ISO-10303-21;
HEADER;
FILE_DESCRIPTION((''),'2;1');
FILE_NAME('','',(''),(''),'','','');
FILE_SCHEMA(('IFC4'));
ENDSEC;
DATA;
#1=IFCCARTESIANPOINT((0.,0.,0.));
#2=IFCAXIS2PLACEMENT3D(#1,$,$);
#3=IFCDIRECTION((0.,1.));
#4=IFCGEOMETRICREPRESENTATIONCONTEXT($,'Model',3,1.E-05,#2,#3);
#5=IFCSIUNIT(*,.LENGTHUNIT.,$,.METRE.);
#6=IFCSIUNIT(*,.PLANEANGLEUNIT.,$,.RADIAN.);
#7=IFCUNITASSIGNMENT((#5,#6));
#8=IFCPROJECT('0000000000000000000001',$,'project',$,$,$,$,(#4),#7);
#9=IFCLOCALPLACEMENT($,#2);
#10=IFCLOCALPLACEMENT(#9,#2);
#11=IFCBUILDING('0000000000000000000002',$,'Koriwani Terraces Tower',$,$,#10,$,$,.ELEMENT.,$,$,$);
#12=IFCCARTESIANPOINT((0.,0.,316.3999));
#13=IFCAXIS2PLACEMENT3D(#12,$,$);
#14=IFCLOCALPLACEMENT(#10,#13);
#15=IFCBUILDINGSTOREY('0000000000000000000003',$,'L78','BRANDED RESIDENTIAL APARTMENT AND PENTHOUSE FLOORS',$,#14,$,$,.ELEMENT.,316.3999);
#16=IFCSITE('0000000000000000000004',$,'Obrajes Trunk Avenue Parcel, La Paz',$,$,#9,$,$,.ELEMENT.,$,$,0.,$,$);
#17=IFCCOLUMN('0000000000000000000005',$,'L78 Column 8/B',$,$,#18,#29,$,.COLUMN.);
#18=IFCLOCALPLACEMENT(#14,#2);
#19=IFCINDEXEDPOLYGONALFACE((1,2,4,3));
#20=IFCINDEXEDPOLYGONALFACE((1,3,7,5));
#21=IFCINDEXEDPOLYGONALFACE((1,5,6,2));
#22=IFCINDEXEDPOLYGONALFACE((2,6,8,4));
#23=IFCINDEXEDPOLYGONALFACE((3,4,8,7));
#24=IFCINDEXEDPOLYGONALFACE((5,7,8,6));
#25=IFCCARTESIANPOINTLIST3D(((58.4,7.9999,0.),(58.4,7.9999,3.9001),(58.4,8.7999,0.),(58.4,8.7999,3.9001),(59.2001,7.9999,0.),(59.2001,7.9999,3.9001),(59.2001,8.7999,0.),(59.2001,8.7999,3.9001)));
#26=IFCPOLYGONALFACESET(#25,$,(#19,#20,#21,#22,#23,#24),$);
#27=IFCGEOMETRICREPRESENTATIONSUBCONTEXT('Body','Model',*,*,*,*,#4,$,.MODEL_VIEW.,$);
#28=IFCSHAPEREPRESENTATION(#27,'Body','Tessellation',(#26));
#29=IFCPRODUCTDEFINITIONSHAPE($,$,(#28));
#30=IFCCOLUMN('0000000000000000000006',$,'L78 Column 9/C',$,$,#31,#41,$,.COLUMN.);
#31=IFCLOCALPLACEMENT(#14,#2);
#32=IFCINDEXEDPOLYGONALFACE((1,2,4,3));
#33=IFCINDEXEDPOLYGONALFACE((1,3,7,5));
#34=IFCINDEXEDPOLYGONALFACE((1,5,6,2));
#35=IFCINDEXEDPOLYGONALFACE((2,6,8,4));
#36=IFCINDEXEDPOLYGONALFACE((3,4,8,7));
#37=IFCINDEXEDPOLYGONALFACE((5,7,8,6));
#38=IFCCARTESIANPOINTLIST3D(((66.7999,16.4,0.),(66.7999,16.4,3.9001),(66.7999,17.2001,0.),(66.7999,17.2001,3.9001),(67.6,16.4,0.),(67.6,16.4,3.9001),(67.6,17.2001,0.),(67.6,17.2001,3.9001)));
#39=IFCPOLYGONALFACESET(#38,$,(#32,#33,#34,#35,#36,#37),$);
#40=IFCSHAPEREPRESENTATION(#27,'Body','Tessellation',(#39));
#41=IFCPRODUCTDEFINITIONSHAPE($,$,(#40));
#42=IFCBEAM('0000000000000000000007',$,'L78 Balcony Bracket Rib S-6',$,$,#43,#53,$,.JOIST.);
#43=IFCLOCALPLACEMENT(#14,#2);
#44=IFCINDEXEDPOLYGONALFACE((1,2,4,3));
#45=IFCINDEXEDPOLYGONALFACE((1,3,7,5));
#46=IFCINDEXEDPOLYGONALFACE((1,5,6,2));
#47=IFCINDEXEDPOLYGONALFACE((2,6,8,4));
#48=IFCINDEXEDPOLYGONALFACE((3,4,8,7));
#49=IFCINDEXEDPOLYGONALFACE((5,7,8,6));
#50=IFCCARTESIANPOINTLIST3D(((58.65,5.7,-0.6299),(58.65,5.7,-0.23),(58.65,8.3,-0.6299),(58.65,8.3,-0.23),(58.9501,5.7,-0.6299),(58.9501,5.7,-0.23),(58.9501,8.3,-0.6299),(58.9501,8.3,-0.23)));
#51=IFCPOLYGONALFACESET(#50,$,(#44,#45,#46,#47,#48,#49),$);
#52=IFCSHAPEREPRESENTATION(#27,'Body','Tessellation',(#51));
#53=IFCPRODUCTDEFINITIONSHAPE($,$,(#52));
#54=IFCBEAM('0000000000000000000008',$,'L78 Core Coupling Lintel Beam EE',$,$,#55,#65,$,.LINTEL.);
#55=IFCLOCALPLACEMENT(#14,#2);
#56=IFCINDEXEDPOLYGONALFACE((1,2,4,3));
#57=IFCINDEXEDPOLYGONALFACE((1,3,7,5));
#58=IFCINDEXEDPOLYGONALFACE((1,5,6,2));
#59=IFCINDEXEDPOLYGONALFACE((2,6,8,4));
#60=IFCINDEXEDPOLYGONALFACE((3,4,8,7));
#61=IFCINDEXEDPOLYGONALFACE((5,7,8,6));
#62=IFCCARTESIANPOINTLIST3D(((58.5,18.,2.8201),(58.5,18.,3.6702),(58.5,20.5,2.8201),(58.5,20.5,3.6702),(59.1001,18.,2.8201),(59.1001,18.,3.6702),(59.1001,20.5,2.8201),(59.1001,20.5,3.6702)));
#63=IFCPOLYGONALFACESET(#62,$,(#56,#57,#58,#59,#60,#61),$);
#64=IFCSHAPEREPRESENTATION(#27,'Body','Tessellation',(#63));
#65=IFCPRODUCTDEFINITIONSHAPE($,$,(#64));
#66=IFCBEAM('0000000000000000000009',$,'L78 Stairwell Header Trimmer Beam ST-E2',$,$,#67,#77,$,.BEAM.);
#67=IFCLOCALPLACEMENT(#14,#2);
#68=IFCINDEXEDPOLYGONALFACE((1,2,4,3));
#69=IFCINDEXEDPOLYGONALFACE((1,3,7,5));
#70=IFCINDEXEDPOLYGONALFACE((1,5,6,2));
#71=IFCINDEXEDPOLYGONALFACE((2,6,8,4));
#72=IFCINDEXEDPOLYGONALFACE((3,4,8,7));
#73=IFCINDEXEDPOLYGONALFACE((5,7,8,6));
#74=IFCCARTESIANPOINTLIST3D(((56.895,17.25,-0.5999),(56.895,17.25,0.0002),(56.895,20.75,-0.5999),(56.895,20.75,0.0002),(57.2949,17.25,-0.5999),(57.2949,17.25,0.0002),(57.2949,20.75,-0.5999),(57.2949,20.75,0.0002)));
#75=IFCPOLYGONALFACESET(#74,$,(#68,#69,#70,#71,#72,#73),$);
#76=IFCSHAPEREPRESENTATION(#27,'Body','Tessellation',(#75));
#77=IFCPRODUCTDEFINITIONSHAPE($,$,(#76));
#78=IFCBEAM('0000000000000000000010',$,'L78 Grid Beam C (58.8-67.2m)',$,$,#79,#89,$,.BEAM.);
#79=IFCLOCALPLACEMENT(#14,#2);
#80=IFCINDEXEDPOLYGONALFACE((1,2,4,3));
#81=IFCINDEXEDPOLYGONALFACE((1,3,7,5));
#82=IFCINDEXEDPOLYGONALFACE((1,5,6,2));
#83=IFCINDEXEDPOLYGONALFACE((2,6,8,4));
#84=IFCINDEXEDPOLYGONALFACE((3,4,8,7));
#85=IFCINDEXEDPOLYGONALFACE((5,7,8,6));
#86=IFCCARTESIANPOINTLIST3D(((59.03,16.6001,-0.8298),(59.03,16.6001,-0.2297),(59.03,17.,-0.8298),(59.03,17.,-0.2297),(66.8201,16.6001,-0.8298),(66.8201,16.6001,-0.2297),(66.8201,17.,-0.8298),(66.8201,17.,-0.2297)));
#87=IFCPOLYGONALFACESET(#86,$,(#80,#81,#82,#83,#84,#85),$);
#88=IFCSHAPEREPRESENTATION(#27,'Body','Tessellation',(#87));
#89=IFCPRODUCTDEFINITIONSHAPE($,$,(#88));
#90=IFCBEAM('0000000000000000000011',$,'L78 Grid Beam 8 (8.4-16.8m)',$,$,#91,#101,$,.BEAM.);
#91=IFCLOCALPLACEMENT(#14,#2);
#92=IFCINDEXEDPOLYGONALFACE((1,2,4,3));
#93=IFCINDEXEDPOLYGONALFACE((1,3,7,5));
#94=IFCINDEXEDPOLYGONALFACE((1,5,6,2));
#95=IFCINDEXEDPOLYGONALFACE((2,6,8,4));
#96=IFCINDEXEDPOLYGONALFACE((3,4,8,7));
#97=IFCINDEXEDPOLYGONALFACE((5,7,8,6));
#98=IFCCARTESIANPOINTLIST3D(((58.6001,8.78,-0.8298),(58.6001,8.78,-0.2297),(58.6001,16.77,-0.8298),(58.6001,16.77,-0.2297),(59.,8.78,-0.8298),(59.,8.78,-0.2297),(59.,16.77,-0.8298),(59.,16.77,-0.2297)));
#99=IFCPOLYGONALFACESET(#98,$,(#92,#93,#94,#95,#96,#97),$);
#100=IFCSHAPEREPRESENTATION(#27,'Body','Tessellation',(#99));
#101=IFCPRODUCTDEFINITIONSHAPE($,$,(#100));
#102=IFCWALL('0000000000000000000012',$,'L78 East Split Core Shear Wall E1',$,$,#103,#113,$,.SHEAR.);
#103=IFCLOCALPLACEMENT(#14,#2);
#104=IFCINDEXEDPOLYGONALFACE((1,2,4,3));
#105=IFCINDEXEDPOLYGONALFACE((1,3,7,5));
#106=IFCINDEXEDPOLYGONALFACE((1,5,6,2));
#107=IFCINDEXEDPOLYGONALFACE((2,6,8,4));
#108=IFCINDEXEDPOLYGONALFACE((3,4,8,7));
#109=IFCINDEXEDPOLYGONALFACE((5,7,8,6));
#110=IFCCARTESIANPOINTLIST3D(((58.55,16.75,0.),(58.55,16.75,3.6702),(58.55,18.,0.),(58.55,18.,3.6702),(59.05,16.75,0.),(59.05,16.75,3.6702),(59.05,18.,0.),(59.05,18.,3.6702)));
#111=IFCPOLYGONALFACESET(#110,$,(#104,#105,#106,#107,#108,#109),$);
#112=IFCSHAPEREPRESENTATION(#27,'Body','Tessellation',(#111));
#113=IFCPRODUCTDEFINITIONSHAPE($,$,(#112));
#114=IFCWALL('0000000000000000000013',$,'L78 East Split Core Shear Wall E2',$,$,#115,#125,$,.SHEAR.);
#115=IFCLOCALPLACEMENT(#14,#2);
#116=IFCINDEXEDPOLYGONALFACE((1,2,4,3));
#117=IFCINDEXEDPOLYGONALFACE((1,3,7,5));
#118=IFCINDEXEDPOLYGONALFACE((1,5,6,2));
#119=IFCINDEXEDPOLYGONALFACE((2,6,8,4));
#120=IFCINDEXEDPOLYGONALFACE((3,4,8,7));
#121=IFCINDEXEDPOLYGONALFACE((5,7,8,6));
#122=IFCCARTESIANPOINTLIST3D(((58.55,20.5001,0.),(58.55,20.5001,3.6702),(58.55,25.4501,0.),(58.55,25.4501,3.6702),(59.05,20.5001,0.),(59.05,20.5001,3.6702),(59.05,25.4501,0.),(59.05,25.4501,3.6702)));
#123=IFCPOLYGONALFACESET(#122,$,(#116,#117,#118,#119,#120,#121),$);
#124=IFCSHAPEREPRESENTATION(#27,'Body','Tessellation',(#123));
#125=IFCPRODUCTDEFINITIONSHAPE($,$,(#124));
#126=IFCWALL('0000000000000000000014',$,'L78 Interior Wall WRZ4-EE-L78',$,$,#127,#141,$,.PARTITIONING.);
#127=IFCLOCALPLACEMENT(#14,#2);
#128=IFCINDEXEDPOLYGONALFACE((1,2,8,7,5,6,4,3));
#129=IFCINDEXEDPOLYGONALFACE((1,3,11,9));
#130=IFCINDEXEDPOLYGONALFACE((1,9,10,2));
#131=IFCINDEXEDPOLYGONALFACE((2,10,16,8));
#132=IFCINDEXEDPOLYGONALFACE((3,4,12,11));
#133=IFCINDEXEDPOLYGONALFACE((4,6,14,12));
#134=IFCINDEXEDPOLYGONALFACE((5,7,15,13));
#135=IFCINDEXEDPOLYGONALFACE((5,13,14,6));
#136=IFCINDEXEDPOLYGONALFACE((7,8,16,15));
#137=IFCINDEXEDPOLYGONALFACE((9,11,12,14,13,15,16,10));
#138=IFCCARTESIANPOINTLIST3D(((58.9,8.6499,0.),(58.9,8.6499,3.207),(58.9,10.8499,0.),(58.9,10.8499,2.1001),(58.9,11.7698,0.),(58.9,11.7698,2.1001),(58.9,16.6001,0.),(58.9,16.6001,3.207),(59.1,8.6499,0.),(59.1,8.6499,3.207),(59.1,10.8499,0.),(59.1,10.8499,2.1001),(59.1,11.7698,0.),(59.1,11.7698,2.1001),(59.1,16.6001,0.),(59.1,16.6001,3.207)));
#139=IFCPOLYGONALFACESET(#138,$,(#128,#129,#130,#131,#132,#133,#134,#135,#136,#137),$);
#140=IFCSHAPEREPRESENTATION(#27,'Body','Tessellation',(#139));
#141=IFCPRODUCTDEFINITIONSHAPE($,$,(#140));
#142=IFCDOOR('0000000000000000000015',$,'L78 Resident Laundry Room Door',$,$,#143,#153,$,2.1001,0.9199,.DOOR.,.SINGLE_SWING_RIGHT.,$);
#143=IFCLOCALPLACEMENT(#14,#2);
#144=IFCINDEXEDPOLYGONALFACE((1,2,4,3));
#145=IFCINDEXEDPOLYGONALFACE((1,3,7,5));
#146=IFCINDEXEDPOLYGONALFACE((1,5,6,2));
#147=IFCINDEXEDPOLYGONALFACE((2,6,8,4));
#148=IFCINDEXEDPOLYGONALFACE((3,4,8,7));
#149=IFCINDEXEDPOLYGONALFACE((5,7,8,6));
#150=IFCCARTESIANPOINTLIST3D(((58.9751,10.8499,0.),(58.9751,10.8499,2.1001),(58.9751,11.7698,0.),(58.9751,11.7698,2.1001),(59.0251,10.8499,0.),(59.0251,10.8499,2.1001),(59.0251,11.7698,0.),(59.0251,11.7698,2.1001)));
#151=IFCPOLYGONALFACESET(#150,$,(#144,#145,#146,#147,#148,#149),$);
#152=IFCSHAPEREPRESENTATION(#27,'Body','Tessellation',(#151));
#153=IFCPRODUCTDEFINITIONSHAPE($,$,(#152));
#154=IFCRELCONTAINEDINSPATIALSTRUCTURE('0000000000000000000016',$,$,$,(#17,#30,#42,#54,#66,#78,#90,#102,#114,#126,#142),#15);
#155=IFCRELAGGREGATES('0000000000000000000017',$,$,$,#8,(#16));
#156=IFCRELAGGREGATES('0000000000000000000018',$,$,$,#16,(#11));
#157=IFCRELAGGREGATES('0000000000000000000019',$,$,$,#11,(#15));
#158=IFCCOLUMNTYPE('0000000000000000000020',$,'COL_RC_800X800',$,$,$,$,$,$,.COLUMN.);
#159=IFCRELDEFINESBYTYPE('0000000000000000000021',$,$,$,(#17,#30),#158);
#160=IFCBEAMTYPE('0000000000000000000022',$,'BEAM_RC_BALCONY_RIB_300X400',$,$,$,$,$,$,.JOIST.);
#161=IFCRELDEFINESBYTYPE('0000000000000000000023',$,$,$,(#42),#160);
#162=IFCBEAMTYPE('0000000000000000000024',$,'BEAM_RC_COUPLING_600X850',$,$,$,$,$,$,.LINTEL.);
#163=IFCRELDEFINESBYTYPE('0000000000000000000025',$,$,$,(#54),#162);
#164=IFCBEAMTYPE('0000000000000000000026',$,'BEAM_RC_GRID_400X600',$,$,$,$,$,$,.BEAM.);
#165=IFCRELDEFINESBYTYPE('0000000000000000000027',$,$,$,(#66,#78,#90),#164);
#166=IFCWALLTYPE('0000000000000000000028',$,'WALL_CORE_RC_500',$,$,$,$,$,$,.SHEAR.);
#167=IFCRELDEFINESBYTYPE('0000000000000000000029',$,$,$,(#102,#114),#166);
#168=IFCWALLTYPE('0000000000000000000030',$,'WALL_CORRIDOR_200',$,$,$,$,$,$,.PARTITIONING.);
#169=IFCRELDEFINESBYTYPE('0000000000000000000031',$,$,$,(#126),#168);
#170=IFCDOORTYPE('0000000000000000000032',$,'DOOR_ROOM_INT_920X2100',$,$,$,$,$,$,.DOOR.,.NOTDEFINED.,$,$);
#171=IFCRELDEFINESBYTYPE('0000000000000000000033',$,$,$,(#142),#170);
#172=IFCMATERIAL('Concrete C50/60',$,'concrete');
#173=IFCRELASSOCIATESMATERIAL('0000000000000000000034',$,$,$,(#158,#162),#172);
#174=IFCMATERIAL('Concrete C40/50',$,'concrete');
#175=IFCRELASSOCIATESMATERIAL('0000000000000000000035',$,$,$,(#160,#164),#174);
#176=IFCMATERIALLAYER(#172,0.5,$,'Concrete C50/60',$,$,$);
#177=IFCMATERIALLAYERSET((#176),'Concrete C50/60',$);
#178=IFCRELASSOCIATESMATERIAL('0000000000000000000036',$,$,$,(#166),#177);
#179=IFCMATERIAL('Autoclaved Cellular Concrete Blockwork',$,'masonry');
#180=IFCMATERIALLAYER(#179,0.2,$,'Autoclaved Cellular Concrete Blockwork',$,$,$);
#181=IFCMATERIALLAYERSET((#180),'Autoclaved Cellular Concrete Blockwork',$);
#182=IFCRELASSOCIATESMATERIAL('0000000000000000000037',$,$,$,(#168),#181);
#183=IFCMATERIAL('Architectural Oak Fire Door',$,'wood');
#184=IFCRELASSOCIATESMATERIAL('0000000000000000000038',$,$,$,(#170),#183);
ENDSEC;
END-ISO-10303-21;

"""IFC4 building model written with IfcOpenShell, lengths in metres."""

from ifc_helpers import new_model, si_unit, direction, frame, frame_2d, origin, origin_2d, place, context, subcontext, project, spatial, rectangle, extrude, material, layer, layer_set, material_profile, profile_set, type_object, element, fill, save


model = new_model("IFC4")

# Units and contexts
model_context = context("Model", 3, precision=1e-05, world=origin(), true_north=direction((0.0, 1.0)))
body_context = subcontext(model_context, "Body", "Model", "MODEL_VIEW")
ifc_project = project(units=[si_unit("LENGTHUNIT", "METRE"), si_unit("PLANEANGLEUNIT", "RADIAN")], contexts=[model_context])

# Site, building, storey
site_placement = place(None, origin())
site = spatial("IfcSite", under=ifc_project, at=site_placement, Name="Obrajes Trunk Avenue Parcel, La Paz", CompositionType="ELEMENT", RefElevation=0.0)
building_placement = place(site_placement, origin())
building = spatial("IfcBuilding", under=site, at=building_placement, Name="Koriwani Terraces Tower", CompositionType="ELEMENT")
storey_placement = place(building_placement, frame((0.0, 0.0, 316.3999)))
storey = spatial("IfcBuildingStorey", under=building, at=storey_placement, Name="L78", Description="BRANDED RESIDENTIAL APARTMENT AND PENTHOUSE FLOORS", CompositionType="ELEMENT", Elevation=316.3999)

# Columns
ifc_material_1 = material(Name="Concrete C50/60", Category="concrete")
ifc_material_profile_1 = material_profile(ifc_material_1, rectangle(XDim=0.8, YDim=0.8, at=origin_2d()), Name="Concrete C50/60", Category="LoadBearing")
ifc_profile_set_1 = profile_set([ifc_material_profile_1], Name="Concrete C50/60")
column_type = type_object("IfcColumnType", Name="COL_RC_800X800", PredefinedType="COLUMN", material=ifc_profile_set_1)
for number, where, z_axis, x_axis, name in (
    (1, (58.8, 8.3999, 0.0), (0.0, 0.0, 1.0), (1.0, 0.0, 0.0), "L78 Column 8/B"),
    (2, (67.2, 16.8, 0.0), (0.0, 0.0, 1.0), (1.0, 0.0, 0.0), "L78 Column 9/C"),
):
    element("IfcColumn", number, at=place(storey_placement, frame(where, z_axis=z_axis, x_axis=x_axis)), inside=storey, type_object=column_type, Name=name, PredefinedType="COLUMN", context=body_context, shape_type="SweptSolid", body=[
        extrude(rectangle(XDim=0.8, YDim=0.8, at=origin_2d()), origin(), (0.0, 0.0, 1.0), 3.9001),
    ])

# Beams
ifc_material_2 = material(Name="Concrete C40/50", Category="concrete")
ifc_material_profile_2 = material_profile(ifc_material_2, rectangle(XDim=0.3, YDim=0.3999, at=origin_2d()), Name="Concrete C40/50", Category="LoadBearing")
ifc_profile_set_2 = profile_set([ifc_material_profile_2], Name="Concrete C40/50")
beam_type_1 = type_object("IfcBeamType", Name="BEAM_RC_BALCONY_RIB_300X400", PredefinedType="JOIST", material=ifc_profile_set_2)
beam_1_placement = place(storey_placement, frame((58.8, 5.7, -0.4299), z_axis=(0.0, 1.0, 0.0), x_axis=(-1.0, 0.0, 0.0)))
element("IfcBeam", 3, at=beam_1_placement, inside=storey, type_object=beam_type_1, Name="L78 Balcony Bracket Rib S-6", PredefinedType="JOIST", context=body_context, shape_type="SweptSolid", body=[
    extrude(rectangle(XDim=0.3, YDim=0.3999, at=origin_2d()), origin(), (0.0, 0.0, 1.0), 2.6001),
])
ifc_material_profile_3 = material_profile(ifc_material_1, rectangle(XDim=0.6001, YDim=0.8501, at=origin_2d()), Name="Concrete C50/60", Category="LoadBearing")
ifc_profile_set_3 = profile_set([ifc_material_profile_3], Name="Concrete C50/60")
beam_type_2 = type_object("IfcBeamType", Name="BEAM_RC_COUPLING_600X850", PredefinedType="LINTEL", material=ifc_profile_set_3)
beam_2_placement = place(storey_placement, frame((58.8, 18.0, 3.2451), z_axis=(0.0, 1.0, 0.0), x_axis=(-1.0, 0.0, 0.0)))
element("IfcBeam", 4, at=beam_2_placement, inside=storey, type_object=beam_type_2, Name="L78 Core Coupling Lintel Beam EE", PredefinedType="LINTEL", context=body_context, shape_type="SweptSolid", body=[
    extrude(rectangle(XDim=0.6001, YDim=0.8501, at=origin_2d()), origin(), (0.0, 0.0, 1.0), 2.5),
])
ifc_material_profile_4 = material_profile(ifc_material_2, rectangle(XDim=0.3999, YDim=0.6001, at=origin_2d()), Name="Concrete C40/50", Category="LoadBearing")
ifc_profile_set_4 = profile_set([ifc_material_profile_4], Name="Concrete C40/50")
beam_type_3 = type_object("IfcBeamType", Name="BEAM_RC_GRID_400X600", PredefinedType="BEAM", material=ifc_profile_set_4)
beam_3_placement = place(storey_placement, frame((57.095, 17.25, -0.2998), z_axis=(0.0, 1.0, 0.0), x_axis=(-1.0, 0.0, 0.0)))
element("IfcBeam", 5, at=beam_3_placement, inside=storey, type_object=beam_type_3, Name="L78 Stairwell Header Trimmer Beam ST-E2", PredefinedType="BEAM", context=body_context, shape_type="SweptSolid", body=[
    extrude(rectangle(XDim=0.3999, YDim=0.6001, at=origin_2d()), origin(), (0.0, 0.0, 1.0), 3.5),
])
beam_4_placement = place(storey_placement, frame((59.03, 16.8, -0.5298), z_axis=(1.0, 0.0, 0.0), x_axis=(0.0, 1.0, 0.0)))
element("IfcBeam", 6, at=beam_4_placement, inside=storey, type_object=beam_type_3, Name="L78 Grid Beam C (58.8-67.2m)", PredefinedType="BEAM", context=body_context, shape_type="SweptSolid", body=[
    extrude(rectangle(XDim=0.3999, YDim=0.6001, at=origin_2d()), origin(), (0.0, 0.0, 1.0), 7.79),
])
beam_5_placement = place(storey_placement, frame((58.8, 8.78, -0.5298), z_axis=(0.0, 1.0, 0.0), x_axis=(-1.0, 0.0, 0.0)))
element("IfcBeam", 7, at=beam_5_placement, inside=storey, type_object=beam_type_3, Name="L78 Grid Beam 8 (8.4-16.8m)", PredefinedType="BEAM", context=body_context, shape_type="SweptSolid", body=[
    extrude(rectangle(XDim=0.3999, YDim=0.6001, at=origin_2d()), origin(), (0.0, 0.0, 1.0), 7.99),
])

# Walls
ifc_layer_1 = layer(ifc_material_1, 0.5, Name="Concrete C50/60")
ifc_layer_set_1 = layer_set([ifc_layer_1], Name="Concrete C50/60")
wall_type_1 = type_object("IfcWallType", Name="WALL_CORE_RC_500", PredefinedType="SHEAR", material=ifc_layer_set_1)
wall_1_placement = place(storey_placement, frame((58.8, 16.75, 0.0), z_axis=(0.0, 0.0, 1.0), x_axis=(0.0, 1.0, 0.0)))
element("IfcWall", 8, at=wall_1_placement, inside=storey, type_object=wall_type_1, Name="L78 East Split Core Shear Wall E1", PredefinedType="SHEAR", context=body_context, shape_type="SweptSolid", body=[
    extrude(rectangle(XDim=1.25, YDim=0.5, at=frame_2d((0.625, 0.0))), origin(), (0.0, 0.0, 1.0), 3.6702),
])
wall_2_placement = place(storey_placement, frame((58.8, 20.5, 0.0), z_axis=(0.0, 0.0, 1.0), x_axis=(0.0, 1.0, 0.0)))
element("IfcWall", 9, at=wall_2_placement, inside=storey, type_object=wall_type_1, Name="L78 East Split Core Shear Wall E2", PredefinedType="SHEAR", context=body_context, shape_type="SweptSolid", body=[
    extrude(rectangle(XDim=4.95, YDim=0.5, at=frame_2d((2.4751, 0.0))), origin(), (0.0, 0.0, 1.0), 3.6702),
])

# Wall, opening, door
ifc_material_3 = material(Name="Autoclaved Cellular Concrete Blockwork", Category="masonry")
ifc_layer_2 = layer(ifc_material_3, 0.2, Name="Autoclaved Cellular Concrete Blockwork")
ifc_layer_set_2 = layer_set([ifc_layer_2], Name="Autoclaved Cellular Concrete Blockwork")
wall_type_2 = type_object("IfcWallType", Name="WALL_CORRIDOR_200", PredefinedType="PARTITIONING", material=ifc_layer_set_2)
wall_3_placement = place(storey_placement, frame((59.0, 8.6499, 0.0), z_axis=(0.0, 0.0, 1.0), x_axis=(0.0, 1.0, 0.0)))
wall_3 = element("IfcWall", 10, at=wall_3_placement, inside=storey, type_object=wall_type_2, Name="L78 Interior Wall WRZ4-EE-L78", PredefinedType="PARTITIONING", context=body_context, shape_type="SweptSolid", body=[
    extrude(rectangle(XDim=7.9502, YDim=0.2, at=frame_2d((3.9751, 0.0))), origin(), (0.0, 0.0, 1.0), 3.207),
])
opening_1_placement = place(wall_3_placement, frame((2.2, 0.0, 0.0)))
opening_1 = element("IfcOpeningElement", 11, at=opening_1_placement, cuts=wall_3, PredefinedType="OPENING", context=body_context, shape_type="SweptSolid", body=[
    extrude(rectangle(XDim=0.9199, YDim=2.1001, at=frame_2d((0.46, 1.05))), frame((0.0, 0.1099, 0.0), z_axis=(0.0, -1.0, 0.0), x_axis=(1.0, 0.0, 0.0)), (0.0, 0.0, 1.0), 0.22),
])
ifc_material_4 = material(Name="Architectural Oak Fire Door", Category="wood")
door_type_1 = type_object("IfcDoorType", Name="DOOR_ROOM_INT_920X2100", OperationType="NOTDEFINED", PredefinedType="DOOR", material=ifc_material_4)
door_1_placement = place(opening_1_placement, origin())
door_1 = element("IfcDoor", 12, at=door_1_placement, inside=storey, type_object=door_type_1, Name="L78 Resident Laundry Room Door", OperationType="SINGLE_SWING_RIGHT", OverallHeight=2.1001, OverallWidth=0.9199, PredefinedType="DOOR", context=body_context, shape_type="SweptSolid", body=[
    extrude(rectangle(XDim=0.9199, YDim=2.1001, at=frame_2d((0.46, 1.05))), frame((0.0, 0.0249, 0.0), z_axis=(0.0, -1.0, 0.0), x_axis=(1.0, 0.0, 0.0)), (0.0, 0.0, 1.0), 0.05),
])
fill(opening_1, door_1)

save(model, "model.ifc")
